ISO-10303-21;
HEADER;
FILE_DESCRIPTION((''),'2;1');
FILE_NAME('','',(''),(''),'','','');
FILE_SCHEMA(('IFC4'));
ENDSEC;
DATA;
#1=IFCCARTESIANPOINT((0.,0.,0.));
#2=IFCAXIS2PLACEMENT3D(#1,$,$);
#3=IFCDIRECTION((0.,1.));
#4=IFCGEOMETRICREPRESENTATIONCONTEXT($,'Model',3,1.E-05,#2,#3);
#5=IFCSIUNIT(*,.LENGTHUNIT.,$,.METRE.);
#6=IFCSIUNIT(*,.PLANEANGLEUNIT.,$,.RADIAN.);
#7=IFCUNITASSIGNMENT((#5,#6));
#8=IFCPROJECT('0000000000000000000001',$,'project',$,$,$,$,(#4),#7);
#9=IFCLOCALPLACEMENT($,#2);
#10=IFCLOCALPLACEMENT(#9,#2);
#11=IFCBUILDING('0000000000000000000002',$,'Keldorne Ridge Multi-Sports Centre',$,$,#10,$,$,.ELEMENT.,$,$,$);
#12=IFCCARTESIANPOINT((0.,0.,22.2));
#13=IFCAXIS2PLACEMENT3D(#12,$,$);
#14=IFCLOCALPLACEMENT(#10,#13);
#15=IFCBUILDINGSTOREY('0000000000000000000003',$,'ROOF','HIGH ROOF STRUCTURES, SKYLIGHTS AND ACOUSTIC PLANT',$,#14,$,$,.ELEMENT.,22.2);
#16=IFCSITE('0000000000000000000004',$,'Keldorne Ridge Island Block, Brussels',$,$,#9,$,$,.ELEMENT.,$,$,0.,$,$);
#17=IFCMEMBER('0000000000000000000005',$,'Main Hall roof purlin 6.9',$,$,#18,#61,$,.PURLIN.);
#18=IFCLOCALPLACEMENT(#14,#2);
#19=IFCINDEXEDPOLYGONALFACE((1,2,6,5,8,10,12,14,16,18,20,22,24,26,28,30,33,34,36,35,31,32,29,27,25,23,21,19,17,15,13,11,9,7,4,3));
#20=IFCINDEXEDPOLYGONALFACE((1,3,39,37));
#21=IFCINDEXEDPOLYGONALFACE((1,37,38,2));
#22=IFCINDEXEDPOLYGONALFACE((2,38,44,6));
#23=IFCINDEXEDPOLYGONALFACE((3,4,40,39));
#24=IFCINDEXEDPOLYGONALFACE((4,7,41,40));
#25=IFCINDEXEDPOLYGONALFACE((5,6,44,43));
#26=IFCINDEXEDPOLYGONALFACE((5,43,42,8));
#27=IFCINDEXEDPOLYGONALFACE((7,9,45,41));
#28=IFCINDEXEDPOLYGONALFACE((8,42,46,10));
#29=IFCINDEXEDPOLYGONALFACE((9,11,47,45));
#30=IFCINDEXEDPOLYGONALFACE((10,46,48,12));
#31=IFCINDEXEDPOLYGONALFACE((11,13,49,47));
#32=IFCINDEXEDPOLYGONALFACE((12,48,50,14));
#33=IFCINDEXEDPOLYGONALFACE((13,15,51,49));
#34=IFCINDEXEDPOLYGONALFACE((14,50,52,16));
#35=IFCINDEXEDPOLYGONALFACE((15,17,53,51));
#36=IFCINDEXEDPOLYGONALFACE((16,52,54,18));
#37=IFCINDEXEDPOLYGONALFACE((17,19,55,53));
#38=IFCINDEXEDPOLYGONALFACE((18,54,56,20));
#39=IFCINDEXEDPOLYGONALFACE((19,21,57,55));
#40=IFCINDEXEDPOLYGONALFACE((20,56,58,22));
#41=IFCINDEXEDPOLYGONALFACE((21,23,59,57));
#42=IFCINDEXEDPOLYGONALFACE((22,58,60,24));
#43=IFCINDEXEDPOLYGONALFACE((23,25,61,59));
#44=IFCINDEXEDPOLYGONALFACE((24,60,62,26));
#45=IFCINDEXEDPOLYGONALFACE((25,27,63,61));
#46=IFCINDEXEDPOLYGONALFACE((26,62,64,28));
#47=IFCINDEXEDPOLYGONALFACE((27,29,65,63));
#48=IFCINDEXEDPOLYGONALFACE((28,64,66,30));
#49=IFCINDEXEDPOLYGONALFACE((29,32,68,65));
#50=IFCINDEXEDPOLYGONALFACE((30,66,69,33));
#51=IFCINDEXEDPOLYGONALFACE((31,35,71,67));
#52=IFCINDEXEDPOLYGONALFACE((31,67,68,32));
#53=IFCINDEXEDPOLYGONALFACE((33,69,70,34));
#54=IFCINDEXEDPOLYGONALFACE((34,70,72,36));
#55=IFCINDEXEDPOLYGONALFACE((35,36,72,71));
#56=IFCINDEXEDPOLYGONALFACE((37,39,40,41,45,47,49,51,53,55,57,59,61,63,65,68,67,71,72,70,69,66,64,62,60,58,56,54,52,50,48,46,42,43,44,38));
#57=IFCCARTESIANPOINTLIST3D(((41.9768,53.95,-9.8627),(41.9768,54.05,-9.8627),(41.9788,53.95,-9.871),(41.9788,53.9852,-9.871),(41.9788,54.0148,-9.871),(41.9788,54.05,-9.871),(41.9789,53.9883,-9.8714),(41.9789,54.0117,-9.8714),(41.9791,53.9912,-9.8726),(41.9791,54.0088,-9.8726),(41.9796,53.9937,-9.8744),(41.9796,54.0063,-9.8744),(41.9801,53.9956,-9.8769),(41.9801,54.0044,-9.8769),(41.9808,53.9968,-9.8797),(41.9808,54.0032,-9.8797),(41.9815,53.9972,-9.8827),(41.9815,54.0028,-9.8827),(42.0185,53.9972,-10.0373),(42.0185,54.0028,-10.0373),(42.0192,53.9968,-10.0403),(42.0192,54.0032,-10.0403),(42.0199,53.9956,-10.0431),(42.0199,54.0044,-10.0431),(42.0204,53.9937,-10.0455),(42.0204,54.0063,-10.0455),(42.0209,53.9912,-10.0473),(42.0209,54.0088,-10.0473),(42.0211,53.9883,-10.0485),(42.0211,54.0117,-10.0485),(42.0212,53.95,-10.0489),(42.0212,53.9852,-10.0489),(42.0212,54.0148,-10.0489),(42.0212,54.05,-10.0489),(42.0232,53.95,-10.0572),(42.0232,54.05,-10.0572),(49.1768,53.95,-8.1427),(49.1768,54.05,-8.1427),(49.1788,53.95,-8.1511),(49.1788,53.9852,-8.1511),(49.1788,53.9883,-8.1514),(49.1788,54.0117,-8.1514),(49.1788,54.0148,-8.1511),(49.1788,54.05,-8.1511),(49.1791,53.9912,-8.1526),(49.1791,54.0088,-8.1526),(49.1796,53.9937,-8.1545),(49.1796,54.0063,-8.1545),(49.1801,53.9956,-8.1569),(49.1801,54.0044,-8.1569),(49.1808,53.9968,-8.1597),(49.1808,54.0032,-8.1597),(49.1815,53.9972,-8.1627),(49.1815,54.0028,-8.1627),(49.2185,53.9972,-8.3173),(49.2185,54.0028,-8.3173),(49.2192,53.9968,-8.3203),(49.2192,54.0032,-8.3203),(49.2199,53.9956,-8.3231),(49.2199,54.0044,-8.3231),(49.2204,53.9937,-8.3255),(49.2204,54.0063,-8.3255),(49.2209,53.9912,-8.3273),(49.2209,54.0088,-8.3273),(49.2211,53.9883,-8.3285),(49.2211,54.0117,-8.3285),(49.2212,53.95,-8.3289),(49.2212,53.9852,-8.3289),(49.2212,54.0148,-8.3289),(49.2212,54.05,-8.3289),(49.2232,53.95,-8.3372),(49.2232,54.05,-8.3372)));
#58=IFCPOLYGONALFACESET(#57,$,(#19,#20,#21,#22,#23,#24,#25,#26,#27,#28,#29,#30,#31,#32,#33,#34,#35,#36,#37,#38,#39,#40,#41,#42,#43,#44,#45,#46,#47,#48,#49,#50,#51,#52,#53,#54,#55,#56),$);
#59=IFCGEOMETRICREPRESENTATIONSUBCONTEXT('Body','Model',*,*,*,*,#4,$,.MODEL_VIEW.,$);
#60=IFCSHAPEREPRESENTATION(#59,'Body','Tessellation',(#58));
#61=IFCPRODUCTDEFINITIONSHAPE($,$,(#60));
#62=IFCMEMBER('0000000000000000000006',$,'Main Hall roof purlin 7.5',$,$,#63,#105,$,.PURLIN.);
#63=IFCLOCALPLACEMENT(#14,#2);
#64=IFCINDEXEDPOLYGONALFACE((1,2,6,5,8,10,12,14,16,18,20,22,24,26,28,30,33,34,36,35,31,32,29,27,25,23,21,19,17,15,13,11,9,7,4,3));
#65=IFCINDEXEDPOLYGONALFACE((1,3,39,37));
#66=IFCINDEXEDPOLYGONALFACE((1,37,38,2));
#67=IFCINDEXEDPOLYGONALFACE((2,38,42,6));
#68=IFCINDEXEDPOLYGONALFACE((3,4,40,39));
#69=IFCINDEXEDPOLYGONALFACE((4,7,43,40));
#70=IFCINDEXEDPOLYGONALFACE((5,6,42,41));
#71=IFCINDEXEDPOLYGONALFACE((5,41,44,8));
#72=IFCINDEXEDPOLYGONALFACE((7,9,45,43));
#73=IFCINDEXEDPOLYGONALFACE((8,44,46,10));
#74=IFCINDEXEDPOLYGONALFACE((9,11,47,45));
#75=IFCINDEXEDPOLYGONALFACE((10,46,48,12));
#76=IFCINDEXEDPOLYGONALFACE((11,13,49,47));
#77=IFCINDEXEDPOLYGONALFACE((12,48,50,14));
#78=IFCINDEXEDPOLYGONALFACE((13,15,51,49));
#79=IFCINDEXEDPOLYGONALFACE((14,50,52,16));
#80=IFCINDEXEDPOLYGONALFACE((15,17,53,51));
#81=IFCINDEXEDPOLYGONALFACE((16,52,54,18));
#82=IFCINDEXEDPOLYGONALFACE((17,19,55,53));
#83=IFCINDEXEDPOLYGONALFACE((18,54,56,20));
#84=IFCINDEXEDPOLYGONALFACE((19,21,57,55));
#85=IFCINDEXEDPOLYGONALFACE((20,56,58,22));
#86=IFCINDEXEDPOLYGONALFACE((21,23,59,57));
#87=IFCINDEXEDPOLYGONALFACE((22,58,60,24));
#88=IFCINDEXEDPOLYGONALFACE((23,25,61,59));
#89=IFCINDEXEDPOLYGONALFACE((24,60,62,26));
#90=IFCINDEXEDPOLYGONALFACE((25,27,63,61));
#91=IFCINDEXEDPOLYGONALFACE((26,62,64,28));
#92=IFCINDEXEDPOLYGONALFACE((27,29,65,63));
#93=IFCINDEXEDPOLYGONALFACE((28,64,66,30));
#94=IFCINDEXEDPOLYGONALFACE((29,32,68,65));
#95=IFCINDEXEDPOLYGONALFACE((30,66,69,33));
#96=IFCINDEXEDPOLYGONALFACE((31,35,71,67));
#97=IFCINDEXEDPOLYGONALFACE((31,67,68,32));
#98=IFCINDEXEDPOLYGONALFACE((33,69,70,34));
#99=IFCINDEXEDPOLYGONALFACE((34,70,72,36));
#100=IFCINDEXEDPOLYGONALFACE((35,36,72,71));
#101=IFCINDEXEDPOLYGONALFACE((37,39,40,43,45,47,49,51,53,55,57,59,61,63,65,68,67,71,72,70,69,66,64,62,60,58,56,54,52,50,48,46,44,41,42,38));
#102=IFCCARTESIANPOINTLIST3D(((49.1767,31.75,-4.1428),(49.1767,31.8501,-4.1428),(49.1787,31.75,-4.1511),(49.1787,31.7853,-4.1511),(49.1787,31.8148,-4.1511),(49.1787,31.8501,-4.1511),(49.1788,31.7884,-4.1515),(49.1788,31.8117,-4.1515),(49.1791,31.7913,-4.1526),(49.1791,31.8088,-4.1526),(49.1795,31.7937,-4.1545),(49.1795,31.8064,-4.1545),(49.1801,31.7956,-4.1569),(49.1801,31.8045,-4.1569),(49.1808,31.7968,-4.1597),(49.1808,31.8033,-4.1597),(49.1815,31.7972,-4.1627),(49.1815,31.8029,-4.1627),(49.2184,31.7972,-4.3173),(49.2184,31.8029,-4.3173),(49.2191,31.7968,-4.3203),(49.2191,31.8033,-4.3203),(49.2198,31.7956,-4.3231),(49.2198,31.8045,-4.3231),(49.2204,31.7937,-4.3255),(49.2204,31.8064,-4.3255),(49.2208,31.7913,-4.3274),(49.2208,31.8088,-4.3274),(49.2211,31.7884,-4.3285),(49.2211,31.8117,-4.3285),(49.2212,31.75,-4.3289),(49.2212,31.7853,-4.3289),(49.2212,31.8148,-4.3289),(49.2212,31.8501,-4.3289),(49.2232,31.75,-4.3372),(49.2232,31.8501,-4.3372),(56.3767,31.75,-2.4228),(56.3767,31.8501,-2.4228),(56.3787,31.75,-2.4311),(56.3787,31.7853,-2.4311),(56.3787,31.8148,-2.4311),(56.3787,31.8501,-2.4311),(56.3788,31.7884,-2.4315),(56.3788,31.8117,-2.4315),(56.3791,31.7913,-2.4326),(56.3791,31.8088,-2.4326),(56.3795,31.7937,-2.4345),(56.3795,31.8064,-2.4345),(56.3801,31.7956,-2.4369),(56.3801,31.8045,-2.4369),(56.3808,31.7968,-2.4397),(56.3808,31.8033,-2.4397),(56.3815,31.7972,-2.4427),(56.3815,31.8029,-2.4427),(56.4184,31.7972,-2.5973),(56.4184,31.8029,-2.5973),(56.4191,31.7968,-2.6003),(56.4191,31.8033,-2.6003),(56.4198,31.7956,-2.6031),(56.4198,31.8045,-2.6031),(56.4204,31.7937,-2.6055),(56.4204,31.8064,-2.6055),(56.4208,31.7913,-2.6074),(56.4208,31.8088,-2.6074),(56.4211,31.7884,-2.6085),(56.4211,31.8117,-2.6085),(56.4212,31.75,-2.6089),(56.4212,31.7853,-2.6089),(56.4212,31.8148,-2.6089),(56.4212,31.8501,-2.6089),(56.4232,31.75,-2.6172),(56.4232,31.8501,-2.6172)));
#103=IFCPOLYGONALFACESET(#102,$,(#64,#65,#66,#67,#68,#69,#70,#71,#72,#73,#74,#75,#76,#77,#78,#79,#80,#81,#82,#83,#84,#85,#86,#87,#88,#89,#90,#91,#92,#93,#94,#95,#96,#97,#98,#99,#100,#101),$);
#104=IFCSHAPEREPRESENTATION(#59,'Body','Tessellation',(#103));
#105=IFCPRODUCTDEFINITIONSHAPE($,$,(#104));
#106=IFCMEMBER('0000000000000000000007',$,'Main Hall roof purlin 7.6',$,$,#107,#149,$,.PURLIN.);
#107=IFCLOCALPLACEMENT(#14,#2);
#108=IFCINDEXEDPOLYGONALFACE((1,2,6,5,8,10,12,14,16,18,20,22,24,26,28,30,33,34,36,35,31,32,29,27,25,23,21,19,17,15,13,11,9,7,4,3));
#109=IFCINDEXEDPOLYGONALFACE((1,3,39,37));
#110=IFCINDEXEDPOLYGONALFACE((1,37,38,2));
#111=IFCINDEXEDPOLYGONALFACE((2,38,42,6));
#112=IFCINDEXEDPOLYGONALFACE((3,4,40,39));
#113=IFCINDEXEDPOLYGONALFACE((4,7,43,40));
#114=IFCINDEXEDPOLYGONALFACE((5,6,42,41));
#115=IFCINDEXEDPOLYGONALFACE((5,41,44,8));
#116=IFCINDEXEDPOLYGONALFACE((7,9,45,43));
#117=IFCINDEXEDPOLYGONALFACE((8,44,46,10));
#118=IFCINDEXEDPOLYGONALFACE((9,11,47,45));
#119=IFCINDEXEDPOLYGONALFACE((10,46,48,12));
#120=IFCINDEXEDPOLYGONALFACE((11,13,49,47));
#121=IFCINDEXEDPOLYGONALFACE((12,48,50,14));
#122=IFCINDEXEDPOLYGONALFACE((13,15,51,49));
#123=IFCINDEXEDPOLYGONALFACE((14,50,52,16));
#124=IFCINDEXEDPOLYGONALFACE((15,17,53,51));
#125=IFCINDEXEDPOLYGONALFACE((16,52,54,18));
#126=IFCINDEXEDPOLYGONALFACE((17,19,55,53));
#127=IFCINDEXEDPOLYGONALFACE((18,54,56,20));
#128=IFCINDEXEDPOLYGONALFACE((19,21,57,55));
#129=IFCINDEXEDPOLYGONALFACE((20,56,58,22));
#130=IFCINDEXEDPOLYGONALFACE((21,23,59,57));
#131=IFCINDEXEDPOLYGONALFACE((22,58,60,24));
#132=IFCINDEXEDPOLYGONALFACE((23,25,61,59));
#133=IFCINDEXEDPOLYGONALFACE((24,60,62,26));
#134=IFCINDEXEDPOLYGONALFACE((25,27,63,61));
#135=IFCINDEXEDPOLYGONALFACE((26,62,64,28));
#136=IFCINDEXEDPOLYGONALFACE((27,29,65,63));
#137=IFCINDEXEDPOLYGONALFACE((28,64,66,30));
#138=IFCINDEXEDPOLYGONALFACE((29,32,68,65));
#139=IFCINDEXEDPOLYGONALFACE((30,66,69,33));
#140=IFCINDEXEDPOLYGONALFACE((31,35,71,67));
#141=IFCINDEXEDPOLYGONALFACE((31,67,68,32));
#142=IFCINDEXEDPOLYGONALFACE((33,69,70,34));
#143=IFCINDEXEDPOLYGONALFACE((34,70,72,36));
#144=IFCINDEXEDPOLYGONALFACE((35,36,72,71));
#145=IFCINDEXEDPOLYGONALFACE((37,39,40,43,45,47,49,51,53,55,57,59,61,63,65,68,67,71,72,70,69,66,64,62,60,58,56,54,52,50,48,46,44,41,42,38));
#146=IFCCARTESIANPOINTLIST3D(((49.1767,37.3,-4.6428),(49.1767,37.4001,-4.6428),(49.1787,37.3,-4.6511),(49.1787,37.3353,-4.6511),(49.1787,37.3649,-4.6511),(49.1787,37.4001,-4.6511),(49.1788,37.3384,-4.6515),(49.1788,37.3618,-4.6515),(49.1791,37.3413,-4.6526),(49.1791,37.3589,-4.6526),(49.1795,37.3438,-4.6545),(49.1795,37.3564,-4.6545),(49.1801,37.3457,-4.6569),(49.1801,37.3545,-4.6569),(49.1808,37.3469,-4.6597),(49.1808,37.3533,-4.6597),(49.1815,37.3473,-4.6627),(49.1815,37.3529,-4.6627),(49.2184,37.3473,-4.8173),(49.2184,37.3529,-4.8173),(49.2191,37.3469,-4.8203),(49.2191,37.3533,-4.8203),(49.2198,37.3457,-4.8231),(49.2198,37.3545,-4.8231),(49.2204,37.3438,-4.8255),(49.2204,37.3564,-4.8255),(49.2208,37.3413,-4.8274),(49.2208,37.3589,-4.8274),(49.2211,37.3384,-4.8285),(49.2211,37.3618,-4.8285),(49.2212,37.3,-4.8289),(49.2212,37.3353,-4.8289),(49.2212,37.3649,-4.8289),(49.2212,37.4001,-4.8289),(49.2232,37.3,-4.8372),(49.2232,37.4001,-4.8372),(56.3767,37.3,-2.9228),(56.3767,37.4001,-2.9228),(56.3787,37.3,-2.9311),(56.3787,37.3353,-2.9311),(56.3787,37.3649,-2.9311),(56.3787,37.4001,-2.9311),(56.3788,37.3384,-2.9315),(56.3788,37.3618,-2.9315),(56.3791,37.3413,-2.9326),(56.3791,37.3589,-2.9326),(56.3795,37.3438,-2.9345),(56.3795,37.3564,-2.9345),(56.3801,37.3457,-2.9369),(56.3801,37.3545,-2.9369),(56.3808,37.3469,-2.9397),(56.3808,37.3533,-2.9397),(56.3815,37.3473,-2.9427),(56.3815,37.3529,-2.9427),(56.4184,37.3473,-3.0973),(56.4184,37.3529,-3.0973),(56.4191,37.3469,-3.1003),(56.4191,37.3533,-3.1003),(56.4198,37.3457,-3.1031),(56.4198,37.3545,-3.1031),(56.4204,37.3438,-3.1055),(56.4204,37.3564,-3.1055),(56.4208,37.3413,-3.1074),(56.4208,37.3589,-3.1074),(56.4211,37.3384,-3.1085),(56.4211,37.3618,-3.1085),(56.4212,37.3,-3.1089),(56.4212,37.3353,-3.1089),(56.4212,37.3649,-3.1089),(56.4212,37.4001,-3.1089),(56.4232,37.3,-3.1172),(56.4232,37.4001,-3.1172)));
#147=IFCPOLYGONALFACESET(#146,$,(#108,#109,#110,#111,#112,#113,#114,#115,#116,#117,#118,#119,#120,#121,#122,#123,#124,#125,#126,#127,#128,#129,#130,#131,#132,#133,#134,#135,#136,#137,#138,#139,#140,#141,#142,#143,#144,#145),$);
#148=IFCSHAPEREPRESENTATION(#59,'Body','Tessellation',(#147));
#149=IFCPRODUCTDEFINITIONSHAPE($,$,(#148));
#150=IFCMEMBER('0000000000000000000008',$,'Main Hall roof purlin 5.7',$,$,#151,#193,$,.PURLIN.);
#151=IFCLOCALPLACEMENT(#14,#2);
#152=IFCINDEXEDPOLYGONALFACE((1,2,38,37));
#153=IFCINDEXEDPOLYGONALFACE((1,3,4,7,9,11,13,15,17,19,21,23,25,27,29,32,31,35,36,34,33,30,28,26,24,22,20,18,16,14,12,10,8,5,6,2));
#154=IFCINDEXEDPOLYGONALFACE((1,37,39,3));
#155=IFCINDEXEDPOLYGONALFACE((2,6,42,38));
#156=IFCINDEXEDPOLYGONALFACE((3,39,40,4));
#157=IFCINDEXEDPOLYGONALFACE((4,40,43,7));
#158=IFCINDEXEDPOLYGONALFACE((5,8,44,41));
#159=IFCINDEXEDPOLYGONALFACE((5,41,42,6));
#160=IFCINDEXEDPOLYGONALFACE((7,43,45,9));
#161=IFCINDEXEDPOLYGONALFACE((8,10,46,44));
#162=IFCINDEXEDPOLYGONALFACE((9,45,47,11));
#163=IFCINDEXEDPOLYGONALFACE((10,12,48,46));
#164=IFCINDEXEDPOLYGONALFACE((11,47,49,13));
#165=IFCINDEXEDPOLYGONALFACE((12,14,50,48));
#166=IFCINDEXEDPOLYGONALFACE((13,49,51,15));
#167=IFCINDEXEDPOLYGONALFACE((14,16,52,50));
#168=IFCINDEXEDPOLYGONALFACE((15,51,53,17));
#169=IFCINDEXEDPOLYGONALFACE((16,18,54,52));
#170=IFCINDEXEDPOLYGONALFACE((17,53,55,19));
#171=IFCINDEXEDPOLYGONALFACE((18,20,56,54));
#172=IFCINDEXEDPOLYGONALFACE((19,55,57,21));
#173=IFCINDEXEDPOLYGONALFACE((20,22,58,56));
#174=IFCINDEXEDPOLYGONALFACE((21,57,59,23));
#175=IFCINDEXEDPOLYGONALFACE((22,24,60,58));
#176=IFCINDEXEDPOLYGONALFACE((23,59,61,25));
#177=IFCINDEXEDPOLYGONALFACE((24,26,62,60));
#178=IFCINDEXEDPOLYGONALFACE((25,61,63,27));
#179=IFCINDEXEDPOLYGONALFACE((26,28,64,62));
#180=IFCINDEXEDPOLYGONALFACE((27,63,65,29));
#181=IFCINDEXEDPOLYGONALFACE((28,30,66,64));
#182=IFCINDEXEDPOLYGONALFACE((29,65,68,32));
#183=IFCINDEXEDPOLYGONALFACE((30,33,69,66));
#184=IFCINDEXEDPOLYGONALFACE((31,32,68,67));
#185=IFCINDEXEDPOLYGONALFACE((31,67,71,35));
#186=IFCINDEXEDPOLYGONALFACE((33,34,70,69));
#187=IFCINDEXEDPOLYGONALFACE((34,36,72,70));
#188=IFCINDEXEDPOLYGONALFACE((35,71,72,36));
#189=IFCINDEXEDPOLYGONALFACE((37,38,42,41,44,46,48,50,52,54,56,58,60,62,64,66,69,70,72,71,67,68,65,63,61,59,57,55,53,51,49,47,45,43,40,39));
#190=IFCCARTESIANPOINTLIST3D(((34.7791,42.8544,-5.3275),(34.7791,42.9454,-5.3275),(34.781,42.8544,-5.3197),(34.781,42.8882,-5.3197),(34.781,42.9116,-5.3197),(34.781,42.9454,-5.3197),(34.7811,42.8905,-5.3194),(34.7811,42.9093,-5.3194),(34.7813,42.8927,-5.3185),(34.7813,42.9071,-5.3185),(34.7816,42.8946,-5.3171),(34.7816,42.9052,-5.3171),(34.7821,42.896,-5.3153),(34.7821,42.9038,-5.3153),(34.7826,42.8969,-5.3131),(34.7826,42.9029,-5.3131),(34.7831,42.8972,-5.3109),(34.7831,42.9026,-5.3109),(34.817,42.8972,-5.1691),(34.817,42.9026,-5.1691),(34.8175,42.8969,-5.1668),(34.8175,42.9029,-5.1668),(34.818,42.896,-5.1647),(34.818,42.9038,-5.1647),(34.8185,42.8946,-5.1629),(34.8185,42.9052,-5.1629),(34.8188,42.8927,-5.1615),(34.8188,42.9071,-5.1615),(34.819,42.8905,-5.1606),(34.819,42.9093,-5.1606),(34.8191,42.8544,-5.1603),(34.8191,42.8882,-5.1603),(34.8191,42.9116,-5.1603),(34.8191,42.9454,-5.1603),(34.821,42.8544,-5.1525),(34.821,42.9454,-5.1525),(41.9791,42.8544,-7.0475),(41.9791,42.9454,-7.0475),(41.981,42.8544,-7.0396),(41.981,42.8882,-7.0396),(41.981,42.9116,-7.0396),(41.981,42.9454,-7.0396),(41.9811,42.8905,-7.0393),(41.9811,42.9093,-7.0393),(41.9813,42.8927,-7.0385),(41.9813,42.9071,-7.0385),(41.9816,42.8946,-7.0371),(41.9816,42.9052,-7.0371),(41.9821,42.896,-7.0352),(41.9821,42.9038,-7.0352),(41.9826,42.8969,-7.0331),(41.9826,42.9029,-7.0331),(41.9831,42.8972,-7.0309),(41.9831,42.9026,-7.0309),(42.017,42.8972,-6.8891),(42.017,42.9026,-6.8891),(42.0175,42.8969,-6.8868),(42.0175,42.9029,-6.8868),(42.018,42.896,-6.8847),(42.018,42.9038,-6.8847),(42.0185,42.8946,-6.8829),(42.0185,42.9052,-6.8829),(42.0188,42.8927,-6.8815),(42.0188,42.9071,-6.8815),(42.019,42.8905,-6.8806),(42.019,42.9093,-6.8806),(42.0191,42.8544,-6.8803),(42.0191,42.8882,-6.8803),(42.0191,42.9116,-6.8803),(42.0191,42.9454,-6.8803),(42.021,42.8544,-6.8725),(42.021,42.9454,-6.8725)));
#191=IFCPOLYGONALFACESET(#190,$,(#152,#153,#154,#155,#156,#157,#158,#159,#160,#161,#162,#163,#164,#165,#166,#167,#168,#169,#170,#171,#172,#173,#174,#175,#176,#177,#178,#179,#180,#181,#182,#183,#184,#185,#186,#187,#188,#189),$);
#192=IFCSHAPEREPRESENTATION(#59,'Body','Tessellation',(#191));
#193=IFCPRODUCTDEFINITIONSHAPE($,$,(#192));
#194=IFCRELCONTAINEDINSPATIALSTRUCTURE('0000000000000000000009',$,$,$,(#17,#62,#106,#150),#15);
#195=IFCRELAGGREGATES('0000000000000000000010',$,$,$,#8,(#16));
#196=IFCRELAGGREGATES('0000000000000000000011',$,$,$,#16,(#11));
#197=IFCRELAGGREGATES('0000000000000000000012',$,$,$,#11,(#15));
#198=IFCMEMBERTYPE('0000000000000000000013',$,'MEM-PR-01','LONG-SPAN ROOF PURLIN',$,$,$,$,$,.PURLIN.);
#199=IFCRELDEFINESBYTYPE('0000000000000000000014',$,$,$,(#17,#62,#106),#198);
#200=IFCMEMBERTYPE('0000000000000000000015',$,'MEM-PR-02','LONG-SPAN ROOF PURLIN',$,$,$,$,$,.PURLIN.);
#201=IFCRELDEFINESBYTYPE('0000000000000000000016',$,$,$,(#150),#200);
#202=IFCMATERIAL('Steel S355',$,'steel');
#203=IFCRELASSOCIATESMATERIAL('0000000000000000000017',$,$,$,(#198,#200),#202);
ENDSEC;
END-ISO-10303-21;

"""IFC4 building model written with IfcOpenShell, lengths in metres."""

from ifc_helpers import new_model, si_unit, direction, frame, origin, origin_2d, place, context, subcontext, project, spatial, i_section, extrude, material, material_profile, profile_set, type_object, element, save


model = new_model("IFC4")

# Units and contexts
model_context = context("Model", 3, precision=1e-05, world=origin(), true_north=direction((0.0, 1.0)))
body_context = subcontext(model_context, "Body", "Model", "MODEL_VIEW")
ifc_project = project(units=[si_unit("LENGTHUNIT", "METRE"), si_unit("PLANEANGLEUNIT", "RADIAN")], contexts=[model_context])

# Site, building, storey
site_placement = place(None, origin())
site = spatial("IfcSite", under=ifc_project, at=site_placement, Name="Keldorne Ridge Island Block, Brussels", CompositionType="ELEMENT", RefElevation=0.0)
building_placement = place(site_placement, origin())
building = spatial("IfcBuilding", under=site, at=building_placement, Name="Keldorne Ridge Multi-Sports Centre", CompositionType="ELEMENT")
storey_placement = place(building_placement, frame((0.0, 0.0, 22.2)))
storey = spatial("IfcBuildingStorey", under=building, at=storey_placement, Name="ROOF", Description="HIGH ROOF STRUCTURES, SKYLIGHTS AND ACOUSTIC PLANT", CompositionType="ELEMENT", Elevation=22.2)

# Members
ifc_material = material(Name="Steel S355", Category="steel")
ifc_material_profile_1 = material_profile(ifc_material, i_section(OverallWidth=0.1001, OverallDepth=0.2, WebThickness=0.0056, FlangeThickness=0.0085, FilletRadius=0.012, at=origin_2d()), Name="IPE 200")
ifc_profile_set_1 = profile_set([ifc_material_profile_1], Name="Steel S355")
member_type_1 = type_object("IfcMemberType", Name="MEM-PR-01", Description="LONG-SPAN ROOF PURLIN", PredefinedType="PURLIN", material=ifc_profile_set_1)
for number, where, z_axis, x_axis, name in (
    (1, (42.0, 54.0, -9.96), (0.972633, 0.0, 0.232349), (0.0, 1.0, 0.0), "Main Hall roof purlin 6.9"),
    (2, (49.2, 31.8, -4.24), (0.972633, 0.0, 0.232349), (0.0, 1.0, 0.0), "Main Hall roof purlin 7.5"),
    (3, (49.2, 37.3501, -4.74), (0.972633, 0.0, 0.232349), (0.0, 1.0, 0.0), "Main Hall roof purlin 7.6"),
):
    element("IfcMember", number, at=place(storey_placement, frame(where, z_axis=z_axis, x_axis=x_axis)), inside=storey, type_object=member_type_1, Name=name, PredefinedType="PURLIN", context=body_context, shape_type="SweptSolid", body=[
        extrude(i_section(OverallWidth=0.1001, OverallDepth=0.2, WebThickness=0.0056, FlangeThickness=0.0085, FilletRadius=0.012, at=origin_2d()), origin(), (0.0, 0.0, 1.0), 7.4026),
    ])
ifc_material_profile_2 = material_profile(ifc_material, i_section(OverallWidth=0.0911, OverallDepth=0.1799, WebThickness=0.0054, FlangeThickness=0.0081, FilletRadius=0.009, at=origin_2d()), Name="IPE 180")
ifc_profile_set_2 = profile_set([ifc_material_profile_2], Name="Steel S355")
member_type_2 = type_object("IfcMemberType", Name="MEM-PR-02", Description="LONG-SPAN ROOF PURLIN", PredefinedType="PURLIN", material=ifc_profile_set_2)
for number, where, z_axis, x_axis, name in (
    (4, (34.8, 42.8999, -5.24), (0.972633, 0.0, -0.232349), (0.0, 1.0, 0.0), "Main Hall roof purlin 5.7"),
):
    element("IfcMember", number, at=place(storey_placement, frame(where, z_axis=z_axis, x_axis=x_axis)), inside=storey, type_object=member_type_2, Name=name, PredefinedType="PURLIN", context=body_context, shape_type="SweptSolid", body=[
        extrude(i_section(OverallWidth=0.0911, OverallDepth=0.1799, WebThickness=0.0054, FlangeThickness=0.0081, FilletRadius=0.009, at=origin_2d()), origin(), (0.0, 0.0, 1.0), 7.4026),
    ])

save(model, "model.ifc")
